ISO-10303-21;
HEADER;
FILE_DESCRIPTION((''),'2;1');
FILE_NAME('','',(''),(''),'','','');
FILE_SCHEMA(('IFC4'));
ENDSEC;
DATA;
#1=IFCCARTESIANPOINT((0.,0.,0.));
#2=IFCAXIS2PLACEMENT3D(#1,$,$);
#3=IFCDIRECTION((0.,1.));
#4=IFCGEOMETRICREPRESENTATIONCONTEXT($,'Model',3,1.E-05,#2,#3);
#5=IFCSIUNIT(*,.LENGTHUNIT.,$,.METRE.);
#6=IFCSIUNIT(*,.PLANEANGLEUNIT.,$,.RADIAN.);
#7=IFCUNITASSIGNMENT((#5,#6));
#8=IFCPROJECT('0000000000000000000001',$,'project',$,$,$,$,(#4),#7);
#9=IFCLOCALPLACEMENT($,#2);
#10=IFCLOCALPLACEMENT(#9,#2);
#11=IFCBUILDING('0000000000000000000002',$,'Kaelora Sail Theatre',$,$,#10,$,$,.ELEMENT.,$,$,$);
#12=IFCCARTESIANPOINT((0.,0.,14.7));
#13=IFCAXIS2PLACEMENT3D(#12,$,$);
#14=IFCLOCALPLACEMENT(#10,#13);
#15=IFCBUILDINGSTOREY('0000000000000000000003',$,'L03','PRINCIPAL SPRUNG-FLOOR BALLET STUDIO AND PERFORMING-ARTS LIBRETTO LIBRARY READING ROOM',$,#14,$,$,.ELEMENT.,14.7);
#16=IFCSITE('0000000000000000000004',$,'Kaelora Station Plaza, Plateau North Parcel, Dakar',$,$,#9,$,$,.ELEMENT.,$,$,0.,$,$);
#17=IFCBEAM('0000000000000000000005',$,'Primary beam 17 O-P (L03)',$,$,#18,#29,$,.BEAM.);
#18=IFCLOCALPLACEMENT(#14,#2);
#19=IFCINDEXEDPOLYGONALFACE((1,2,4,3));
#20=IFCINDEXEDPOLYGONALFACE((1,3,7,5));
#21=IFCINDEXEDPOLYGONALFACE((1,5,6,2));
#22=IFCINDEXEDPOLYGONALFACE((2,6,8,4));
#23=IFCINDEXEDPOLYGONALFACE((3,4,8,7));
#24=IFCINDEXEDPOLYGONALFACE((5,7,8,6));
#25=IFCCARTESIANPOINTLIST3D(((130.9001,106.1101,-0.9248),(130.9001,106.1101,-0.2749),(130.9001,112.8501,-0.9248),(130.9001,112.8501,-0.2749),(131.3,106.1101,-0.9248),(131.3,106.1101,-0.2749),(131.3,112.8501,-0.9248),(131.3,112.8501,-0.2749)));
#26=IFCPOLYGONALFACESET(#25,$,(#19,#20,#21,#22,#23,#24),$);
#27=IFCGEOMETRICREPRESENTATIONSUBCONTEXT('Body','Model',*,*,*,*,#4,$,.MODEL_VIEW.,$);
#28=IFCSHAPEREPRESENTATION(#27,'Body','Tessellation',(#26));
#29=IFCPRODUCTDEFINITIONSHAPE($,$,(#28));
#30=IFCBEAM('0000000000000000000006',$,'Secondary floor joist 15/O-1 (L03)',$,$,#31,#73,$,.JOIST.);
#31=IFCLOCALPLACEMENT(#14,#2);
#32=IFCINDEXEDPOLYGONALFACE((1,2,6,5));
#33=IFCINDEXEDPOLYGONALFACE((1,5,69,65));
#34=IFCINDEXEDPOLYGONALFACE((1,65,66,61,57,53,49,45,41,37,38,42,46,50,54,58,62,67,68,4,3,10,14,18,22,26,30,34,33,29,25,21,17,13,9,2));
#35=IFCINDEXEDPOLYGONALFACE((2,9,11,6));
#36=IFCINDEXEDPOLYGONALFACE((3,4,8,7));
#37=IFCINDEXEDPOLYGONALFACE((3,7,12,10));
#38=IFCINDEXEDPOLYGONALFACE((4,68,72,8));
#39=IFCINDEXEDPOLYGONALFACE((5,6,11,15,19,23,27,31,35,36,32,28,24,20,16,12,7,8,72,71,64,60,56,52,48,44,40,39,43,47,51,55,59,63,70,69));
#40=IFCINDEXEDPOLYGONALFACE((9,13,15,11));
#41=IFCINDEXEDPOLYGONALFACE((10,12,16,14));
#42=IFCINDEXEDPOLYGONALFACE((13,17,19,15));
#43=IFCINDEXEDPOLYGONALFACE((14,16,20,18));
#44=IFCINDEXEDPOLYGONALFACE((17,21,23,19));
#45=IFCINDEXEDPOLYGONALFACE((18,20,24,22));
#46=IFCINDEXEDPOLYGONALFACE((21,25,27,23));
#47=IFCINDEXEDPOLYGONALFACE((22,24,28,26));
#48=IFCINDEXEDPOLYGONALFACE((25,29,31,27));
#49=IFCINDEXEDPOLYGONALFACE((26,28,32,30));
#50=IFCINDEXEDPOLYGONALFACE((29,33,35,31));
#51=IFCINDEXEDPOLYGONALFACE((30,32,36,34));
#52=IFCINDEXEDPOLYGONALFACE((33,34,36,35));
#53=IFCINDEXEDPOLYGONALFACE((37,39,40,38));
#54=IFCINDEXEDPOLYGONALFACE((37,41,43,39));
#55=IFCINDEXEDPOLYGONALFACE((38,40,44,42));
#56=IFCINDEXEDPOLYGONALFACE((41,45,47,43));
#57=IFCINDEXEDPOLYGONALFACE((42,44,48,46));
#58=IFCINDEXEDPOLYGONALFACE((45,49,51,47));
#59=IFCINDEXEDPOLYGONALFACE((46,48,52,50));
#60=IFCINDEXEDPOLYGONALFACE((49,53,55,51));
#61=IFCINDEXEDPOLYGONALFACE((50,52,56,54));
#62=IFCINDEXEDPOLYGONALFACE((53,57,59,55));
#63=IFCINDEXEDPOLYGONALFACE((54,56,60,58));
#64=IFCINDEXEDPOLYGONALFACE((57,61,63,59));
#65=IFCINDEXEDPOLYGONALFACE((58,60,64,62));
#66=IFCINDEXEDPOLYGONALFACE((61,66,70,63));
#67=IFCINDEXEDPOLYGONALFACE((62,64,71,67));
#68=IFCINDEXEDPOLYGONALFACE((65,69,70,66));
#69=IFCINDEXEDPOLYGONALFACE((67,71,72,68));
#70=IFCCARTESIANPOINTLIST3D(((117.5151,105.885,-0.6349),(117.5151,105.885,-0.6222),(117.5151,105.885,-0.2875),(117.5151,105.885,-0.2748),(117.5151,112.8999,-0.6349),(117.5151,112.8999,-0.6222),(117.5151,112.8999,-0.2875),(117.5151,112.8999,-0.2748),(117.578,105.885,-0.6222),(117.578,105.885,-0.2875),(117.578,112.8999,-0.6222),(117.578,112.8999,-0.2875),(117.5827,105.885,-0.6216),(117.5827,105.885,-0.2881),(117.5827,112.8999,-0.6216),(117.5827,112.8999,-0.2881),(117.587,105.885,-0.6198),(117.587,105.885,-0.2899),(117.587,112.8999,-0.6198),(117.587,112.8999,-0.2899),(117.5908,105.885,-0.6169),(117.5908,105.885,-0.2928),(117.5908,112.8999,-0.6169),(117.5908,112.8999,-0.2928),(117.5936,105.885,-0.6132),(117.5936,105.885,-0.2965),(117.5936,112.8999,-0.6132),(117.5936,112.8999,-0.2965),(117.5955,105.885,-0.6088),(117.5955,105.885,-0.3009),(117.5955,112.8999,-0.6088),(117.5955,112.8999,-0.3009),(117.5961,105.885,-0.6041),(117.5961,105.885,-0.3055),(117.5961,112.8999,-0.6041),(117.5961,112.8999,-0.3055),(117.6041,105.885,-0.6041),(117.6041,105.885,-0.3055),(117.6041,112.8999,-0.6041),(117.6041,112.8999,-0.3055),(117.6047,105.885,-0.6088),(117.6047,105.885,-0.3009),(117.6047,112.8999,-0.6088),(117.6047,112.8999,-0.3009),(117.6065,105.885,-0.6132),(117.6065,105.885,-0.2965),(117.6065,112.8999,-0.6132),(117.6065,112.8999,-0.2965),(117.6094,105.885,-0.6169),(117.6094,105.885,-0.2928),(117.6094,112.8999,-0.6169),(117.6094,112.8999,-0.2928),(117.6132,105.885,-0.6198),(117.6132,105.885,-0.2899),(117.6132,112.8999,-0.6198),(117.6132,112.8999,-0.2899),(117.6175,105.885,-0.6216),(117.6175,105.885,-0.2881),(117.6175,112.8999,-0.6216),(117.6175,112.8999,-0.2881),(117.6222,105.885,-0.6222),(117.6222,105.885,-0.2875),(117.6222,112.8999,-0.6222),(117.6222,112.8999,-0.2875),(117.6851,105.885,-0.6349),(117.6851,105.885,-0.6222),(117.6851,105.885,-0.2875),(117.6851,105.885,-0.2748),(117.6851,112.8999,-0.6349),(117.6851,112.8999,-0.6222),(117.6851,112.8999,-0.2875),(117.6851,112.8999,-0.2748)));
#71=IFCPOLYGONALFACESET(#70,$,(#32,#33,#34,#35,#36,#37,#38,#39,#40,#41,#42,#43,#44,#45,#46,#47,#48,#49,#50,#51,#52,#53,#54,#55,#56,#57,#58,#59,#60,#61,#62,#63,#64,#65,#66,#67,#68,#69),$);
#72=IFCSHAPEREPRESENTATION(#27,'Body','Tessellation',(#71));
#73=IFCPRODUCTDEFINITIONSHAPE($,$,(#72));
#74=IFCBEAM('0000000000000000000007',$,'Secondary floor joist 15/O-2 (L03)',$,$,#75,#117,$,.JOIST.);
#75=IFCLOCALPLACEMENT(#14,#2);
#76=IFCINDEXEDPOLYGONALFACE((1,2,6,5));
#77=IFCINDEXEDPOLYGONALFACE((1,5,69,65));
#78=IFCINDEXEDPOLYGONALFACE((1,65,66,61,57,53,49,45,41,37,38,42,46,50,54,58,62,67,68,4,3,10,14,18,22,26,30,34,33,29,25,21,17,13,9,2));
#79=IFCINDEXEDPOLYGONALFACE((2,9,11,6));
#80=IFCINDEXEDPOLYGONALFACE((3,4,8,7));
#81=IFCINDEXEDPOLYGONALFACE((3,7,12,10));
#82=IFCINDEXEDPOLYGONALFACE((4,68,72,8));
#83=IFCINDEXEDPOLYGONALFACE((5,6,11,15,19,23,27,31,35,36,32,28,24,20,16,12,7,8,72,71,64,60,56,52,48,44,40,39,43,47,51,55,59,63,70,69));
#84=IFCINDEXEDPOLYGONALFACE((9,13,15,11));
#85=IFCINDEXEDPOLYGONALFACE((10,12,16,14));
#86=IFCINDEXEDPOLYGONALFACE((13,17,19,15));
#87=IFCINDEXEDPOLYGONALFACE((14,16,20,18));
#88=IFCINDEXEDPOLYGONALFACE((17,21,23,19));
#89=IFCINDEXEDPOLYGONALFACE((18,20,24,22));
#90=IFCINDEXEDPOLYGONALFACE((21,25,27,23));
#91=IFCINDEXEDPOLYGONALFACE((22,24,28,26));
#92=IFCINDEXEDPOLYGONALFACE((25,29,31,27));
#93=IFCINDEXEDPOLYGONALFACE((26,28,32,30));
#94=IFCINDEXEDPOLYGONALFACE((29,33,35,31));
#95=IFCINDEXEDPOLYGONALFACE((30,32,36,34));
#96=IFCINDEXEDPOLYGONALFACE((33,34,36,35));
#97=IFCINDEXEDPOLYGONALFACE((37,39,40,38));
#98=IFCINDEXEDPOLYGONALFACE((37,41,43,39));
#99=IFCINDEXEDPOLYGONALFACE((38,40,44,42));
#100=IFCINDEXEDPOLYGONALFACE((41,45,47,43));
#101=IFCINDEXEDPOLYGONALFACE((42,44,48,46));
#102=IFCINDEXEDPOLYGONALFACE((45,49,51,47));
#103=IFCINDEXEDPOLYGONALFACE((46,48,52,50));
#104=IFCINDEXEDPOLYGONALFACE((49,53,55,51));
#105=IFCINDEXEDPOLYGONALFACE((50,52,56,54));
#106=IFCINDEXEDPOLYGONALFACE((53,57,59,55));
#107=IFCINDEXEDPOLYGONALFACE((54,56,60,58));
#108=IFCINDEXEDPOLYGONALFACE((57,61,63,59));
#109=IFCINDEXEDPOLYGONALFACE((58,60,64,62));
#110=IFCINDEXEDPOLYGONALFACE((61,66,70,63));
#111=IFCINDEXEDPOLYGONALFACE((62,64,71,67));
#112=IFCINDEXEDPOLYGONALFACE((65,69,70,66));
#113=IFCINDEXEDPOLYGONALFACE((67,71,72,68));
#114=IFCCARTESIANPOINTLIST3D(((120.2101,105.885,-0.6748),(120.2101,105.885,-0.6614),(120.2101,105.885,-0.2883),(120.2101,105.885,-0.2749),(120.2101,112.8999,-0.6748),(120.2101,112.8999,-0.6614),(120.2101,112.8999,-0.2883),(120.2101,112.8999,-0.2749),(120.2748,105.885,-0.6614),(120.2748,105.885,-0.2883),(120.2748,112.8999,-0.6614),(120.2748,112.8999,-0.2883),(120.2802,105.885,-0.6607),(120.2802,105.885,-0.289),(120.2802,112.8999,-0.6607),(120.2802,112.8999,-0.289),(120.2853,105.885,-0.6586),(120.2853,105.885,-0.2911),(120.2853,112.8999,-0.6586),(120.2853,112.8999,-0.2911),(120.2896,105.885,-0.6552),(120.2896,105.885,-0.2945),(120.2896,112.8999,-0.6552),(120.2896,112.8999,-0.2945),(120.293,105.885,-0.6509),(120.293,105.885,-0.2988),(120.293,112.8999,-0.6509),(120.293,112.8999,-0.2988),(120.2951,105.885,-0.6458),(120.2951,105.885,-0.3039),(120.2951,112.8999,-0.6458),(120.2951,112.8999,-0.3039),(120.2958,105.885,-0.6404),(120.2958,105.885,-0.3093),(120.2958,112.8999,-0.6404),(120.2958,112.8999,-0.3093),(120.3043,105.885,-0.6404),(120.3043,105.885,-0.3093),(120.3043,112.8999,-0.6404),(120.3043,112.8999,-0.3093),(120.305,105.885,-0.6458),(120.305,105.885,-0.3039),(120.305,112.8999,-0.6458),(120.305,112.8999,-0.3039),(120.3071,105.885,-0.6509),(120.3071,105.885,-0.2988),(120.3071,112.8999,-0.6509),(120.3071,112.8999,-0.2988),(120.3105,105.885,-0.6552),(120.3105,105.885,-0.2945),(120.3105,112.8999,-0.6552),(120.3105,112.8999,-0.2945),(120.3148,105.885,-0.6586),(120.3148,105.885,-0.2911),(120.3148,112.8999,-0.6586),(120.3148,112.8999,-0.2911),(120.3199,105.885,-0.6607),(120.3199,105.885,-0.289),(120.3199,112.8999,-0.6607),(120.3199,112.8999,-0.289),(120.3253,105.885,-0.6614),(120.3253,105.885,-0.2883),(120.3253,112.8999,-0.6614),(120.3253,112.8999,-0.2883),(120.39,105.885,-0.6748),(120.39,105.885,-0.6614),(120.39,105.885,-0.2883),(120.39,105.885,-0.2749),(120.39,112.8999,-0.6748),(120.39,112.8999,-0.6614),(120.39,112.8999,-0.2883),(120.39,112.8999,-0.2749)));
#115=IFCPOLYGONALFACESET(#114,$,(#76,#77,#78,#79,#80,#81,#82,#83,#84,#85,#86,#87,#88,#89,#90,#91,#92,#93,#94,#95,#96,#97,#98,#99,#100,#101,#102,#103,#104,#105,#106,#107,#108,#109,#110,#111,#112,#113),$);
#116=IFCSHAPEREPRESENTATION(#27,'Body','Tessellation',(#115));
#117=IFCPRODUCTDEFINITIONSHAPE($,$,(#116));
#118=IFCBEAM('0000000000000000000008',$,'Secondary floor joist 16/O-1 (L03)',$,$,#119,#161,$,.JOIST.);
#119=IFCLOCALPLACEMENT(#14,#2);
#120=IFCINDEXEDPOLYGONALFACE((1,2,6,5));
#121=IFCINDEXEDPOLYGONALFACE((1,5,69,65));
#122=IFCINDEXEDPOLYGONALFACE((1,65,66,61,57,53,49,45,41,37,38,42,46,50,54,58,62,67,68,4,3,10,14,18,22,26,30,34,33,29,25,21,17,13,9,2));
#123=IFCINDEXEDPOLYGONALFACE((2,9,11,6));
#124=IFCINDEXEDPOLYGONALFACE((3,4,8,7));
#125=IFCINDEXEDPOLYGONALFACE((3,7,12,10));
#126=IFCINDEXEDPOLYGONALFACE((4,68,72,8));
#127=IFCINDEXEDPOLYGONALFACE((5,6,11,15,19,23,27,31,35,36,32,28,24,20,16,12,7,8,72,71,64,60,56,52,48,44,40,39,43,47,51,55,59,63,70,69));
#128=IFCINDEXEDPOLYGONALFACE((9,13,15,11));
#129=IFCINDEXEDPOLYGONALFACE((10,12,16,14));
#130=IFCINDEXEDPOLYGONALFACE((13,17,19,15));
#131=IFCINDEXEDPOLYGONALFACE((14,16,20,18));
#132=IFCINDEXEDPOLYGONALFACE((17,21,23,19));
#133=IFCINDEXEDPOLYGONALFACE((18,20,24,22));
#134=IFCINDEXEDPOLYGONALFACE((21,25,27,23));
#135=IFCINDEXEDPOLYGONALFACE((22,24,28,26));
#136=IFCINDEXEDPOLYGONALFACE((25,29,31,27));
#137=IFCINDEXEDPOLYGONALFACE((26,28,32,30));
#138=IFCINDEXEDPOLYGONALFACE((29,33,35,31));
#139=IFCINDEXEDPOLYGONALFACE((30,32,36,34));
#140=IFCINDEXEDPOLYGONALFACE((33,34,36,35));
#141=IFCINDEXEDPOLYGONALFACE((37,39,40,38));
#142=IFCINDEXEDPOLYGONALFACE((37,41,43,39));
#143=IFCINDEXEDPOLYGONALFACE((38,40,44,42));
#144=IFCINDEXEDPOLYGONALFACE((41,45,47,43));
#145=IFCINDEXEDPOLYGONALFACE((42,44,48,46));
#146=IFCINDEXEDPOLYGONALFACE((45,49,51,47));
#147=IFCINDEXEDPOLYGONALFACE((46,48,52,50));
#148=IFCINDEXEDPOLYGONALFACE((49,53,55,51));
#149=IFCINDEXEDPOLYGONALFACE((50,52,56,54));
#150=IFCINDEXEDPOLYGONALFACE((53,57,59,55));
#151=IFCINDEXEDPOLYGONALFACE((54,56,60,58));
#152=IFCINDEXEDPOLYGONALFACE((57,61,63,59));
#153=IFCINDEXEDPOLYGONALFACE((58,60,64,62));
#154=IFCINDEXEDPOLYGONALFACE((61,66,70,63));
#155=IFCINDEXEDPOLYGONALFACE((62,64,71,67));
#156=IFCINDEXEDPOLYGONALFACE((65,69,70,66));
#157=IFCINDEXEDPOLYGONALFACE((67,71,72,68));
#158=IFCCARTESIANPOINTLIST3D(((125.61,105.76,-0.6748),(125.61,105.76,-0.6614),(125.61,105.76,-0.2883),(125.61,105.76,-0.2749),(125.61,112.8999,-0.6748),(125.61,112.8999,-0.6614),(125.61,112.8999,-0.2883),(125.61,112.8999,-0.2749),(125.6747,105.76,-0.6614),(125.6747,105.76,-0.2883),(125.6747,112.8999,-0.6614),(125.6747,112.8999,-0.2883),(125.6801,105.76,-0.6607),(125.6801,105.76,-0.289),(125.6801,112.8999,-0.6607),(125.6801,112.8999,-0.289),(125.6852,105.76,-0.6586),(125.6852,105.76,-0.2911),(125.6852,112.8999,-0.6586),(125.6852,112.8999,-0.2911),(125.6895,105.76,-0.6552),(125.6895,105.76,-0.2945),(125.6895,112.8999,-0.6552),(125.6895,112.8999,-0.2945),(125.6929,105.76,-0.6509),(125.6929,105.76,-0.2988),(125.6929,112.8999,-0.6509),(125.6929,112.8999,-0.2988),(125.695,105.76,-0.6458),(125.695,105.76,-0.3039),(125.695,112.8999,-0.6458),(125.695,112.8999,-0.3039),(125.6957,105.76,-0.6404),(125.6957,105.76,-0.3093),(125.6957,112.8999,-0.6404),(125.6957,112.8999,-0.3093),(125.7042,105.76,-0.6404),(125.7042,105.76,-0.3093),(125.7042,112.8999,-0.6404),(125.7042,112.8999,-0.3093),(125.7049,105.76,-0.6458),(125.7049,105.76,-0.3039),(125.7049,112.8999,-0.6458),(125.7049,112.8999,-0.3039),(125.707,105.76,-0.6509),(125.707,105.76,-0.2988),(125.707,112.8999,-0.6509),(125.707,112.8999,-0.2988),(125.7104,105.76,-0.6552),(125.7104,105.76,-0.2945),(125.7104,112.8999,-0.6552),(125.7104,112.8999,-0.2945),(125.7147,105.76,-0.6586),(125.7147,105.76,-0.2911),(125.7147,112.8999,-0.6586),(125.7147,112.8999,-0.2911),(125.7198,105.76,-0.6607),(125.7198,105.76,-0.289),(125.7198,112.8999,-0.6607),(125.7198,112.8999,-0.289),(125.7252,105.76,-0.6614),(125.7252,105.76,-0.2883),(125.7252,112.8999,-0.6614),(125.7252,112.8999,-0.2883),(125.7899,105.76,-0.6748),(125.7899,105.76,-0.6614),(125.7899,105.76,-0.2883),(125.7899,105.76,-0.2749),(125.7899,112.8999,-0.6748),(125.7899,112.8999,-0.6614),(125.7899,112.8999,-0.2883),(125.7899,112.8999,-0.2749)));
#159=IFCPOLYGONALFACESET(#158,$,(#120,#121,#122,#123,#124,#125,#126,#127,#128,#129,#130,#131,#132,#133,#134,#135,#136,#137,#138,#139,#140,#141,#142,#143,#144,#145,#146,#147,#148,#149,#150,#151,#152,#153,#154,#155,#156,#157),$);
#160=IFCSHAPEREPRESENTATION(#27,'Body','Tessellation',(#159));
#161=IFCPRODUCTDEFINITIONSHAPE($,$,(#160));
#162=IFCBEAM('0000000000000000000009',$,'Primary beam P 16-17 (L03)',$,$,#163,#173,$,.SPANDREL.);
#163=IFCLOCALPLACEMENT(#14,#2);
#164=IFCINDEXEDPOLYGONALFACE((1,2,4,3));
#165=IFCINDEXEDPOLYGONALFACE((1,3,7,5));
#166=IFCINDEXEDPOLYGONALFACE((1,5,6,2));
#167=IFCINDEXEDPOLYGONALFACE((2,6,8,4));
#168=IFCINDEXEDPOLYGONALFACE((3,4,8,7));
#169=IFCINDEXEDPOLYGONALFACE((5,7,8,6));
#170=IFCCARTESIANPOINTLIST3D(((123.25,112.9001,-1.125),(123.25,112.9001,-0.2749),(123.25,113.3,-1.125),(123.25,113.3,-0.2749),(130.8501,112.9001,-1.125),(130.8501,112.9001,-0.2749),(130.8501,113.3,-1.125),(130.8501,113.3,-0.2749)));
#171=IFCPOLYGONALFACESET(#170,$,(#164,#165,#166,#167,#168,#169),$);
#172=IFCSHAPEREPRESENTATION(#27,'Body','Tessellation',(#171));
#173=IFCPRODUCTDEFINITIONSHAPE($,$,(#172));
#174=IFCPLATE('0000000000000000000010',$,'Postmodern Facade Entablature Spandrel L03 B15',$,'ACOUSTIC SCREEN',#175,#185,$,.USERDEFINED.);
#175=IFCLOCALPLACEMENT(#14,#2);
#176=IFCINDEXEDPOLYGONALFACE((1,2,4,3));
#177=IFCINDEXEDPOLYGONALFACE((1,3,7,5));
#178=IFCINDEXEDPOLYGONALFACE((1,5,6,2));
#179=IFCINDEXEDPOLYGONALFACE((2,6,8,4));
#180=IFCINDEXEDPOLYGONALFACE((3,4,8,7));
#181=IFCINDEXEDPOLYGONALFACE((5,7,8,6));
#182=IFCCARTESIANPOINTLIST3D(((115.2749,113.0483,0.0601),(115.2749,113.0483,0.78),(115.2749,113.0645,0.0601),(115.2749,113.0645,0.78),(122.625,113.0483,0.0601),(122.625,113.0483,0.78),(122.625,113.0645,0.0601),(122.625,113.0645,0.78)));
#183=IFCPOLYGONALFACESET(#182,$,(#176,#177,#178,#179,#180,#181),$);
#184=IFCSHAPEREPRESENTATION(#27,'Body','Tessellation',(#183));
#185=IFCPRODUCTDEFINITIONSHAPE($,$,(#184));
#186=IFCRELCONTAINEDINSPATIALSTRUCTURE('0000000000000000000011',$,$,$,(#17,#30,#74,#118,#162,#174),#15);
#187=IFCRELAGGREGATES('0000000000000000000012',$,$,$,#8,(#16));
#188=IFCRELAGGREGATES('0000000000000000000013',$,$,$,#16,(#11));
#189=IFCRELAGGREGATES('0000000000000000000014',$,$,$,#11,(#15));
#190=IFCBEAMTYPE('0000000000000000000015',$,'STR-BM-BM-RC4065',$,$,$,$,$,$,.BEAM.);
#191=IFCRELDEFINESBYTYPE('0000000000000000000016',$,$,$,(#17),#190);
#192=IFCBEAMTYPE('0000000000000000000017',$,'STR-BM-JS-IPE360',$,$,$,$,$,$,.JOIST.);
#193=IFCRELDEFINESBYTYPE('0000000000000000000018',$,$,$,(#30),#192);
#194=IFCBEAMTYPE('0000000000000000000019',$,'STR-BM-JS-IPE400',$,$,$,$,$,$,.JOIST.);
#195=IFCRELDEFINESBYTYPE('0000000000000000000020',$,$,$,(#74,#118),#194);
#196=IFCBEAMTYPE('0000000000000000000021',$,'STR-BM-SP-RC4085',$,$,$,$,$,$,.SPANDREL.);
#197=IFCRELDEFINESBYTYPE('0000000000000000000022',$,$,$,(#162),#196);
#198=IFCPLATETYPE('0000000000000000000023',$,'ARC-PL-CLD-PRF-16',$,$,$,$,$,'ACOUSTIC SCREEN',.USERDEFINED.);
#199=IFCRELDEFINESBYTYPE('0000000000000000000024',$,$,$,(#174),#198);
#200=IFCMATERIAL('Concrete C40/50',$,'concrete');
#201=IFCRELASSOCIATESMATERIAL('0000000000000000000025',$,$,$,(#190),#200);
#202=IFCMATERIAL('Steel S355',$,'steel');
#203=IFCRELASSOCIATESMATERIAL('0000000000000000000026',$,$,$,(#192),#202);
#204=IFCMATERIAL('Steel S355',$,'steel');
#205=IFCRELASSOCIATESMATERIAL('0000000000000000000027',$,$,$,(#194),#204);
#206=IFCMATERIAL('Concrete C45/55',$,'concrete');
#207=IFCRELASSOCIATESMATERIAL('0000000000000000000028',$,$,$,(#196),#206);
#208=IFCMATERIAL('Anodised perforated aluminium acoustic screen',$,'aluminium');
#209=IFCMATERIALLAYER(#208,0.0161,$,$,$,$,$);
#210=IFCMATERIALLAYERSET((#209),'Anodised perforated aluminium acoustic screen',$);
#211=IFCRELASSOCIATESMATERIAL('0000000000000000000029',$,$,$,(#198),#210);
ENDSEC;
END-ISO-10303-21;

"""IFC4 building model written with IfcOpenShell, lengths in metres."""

from ifc_helpers import new_model, si_unit, direction, frame, origin, origin_2d, place, context, subcontext, project, spatial, rectangle, i_section, extrude, material, layer, layer_set, material_profile, profile_set, type_object, element, save


model = new_model("IFC4")

# Units and contexts
model_context = context("Model", 3, precision=1e-05, world=origin(), true_north=direction((0.0, 1.0)))
body_context = subcontext(model_context, "Body", "Model", "MODEL_VIEW")
ifc_project = project(units=[si_unit("LENGTHUNIT", "METRE"), si_unit("PLANEANGLEUNIT", "RADIAN")], contexts=[model_context])

# Site, building, storey
site_placement = place(None, origin())
site = spatial("IfcSite", under=ifc_project, at=site_placement, Name="Kaelora Station Plaza, Plateau North Parcel, Dakar", CompositionType="ELEMENT", RefElevation=0.0)
building_placement = place(site_placement, origin())
building = spatial("IfcBuilding", under=site, at=building_placement, Name="Kaelora Sail Theatre", CompositionType="ELEMENT")
storey_placement = place(building_placement, frame((0.0, 0.0, 14.7)))
storey = spatial("IfcBuildingStorey", under=building, at=storey_placement, Name="L03", Description="PRINCIPAL SPRUNG-FLOOR BALLET STUDIO AND PERFORMING-ARTS LIBRETTO LIBRARY READING ROOM", CompositionType="ELEMENT", Elevation=14.7)

# Beams
ifc_material_1 = material(Name="Concrete C40/50", Category="concrete")
ifc_material_profile_1 = material_profile(ifc_material_1, rectangle(XDim=0.3999, YDim=0.6499, at=origin_2d()), Name="RC-BM 400x650")
ifc_profile_set_1 = profile_set([ifc_material_profile_1], Name="Concrete C40/50")
beam_type_1 = type_object("IfcBeamType", Name="STR-BM-BM-RC4065", PredefinedType="BEAM", material=ifc_profile_set_1)
beam_1_placement = place(storey_placement, frame((131.1001, 106.1101, -0.5999), z_axis=(0.0, 1.0, 0.0), x_axis=(-1.0, 0.0, 0.0)))
element("IfcBeam", 1, at=beam_1_placement, inside=storey, type_object=beam_type_1, Name="Primary beam 17 O-P (L03)", PredefinedType="BEAM", context=body_context, shape_type="SweptSolid", body=[
    extrude(rectangle(XDim=0.3999, YDim=0.6499, at=origin_2d()), origin(), (0.0, 0.0, 1.0), 6.74),
])
ifc_material_2 = material(Name="Steel S355", Category="steel")
ifc_material_profile_2 = material_profile(ifc_material_2, i_section(OverallWidth=0.1699, OverallDepth=0.3601, WebThickness=0.0081, FlangeThickness=0.0127, FilletRadius=0.0181, at=origin_2d()), Name="IPE 360")
ifc_profile_set_2 = profile_set([ifc_material_profile_2], Name="Steel S355")
beam_type_2 = type_object("IfcBeamType", Name="STR-BM-JS-IPE360", PredefinedType="JOIST", material=ifc_profile_set_2)
beam_2_placement = place(storey_placement, frame((117.6001, 105.885, -0.4548), z_axis=(0.0, 1.0, 0.0), x_axis=(-1.0, 0.0, 0.0)))
element("IfcBeam", 2, at=beam_2_placement, inside=storey, type_object=beam_type_2, Name="Secondary floor joist 15/O-1 (L03)", PredefinedType="JOIST", context=body_context, shape_type="SweptSolid", body=[
    extrude(i_section(OverallWidth=0.1699, OverallDepth=0.3601, WebThickness=0.0081, FlangeThickness=0.0127, FilletRadius=0.0181, at=origin_2d()), origin(), (0.0, 0.0, 1.0), 7.0149),
])
ifc_material_3 = material(Name="Steel S355", Category="steel")
ifc_material_profile_3 = material_profile(ifc_material_3, i_section(OverallWidth=0.1799, OverallDepth=0.3999, WebThickness=0.0085, FlangeThickness=0.0134, FilletRadius=0.021, at=origin_2d()), Name="IPE 400")
ifc_profile_set_3 = profile_set([ifc_material_profile_3], Name="Steel S355")
beam_type_3 = type_object("IfcBeamType", Name="STR-BM-JS-IPE400", PredefinedType="JOIST", material=ifc_profile_set_3)
beam_3_placement = place(storey_placement, frame((120.3, 105.885, -0.4749), z_axis=(0.0, 1.0, 0.0), x_axis=(-1.0, 0.0, 0.0)))
element("IfcBeam", 3, at=beam_3_placement, inside=storey, type_object=beam_type_3, Name="Secondary floor joist 15/O-2 (L03)", PredefinedType="JOIST", context=body_context, shape_type="SweptSolid", body=[
    extrude(i_section(OverallWidth=0.1799, OverallDepth=0.3999, WebThickness=0.0085, FlangeThickness=0.0134, FilletRadius=0.021, at=origin_2d()), origin(), (0.0, 0.0, 1.0), 7.0149),
])
beam_4_placement = place(storey_placement, frame((125.7, 105.76, -0.4749), z_axis=(0.0, 1.0, 0.0), x_axis=(-1.0, 0.0, 0.0)))
element("IfcBeam", 4, at=beam_4_placement, inside=storey, type_object=beam_type_3, Name="Secondary floor joist 16/O-1 (L03)", PredefinedType="JOIST", context=body_context, shape_type="SweptSolid", body=[
    extrude(i_section(OverallWidth=0.1799, OverallDepth=0.3999, WebThickness=0.0085, FlangeThickness=0.0134, FilletRadius=0.021, at=origin_2d()), origin(), (0.0, 0.0, 1.0), 7.1399),
])
ifc_material_4 = material(Name="Concrete C45/55", Category="concrete")
ifc_material_profile_4 = material_profile(ifc_material_4, rectangle(XDim=0.3999, YDim=0.8501, at=origin_2d()), Name="RC-SPN 400x850")
ifc_profile_set_4 = profile_set([ifc_material_profile_4], Name="Concrete C45/55")
beam_type_4 = type_object("IfcBeamType", Name="STR-BM-SP-RC4085", PredefinedType="SPANDREL", material=ifc_profile_set_4)
beam_5_placement = place(storey_placement, frame((123.25, 113.1001, -0.7), z_axis=(1.0, 0.0, 0.0), x_axis=(0.0, 1.0, 0.0)))
element("IfcBeam", 5, at=beam_5_placement, inside=storey, type_object=beam_type_4, Name="Primary beam P 16-17 (L03)", PredefinedType="SPANDREL", context=body_context, shape_type="SweptSolid", body=[
    extrude(rectangle(XDim=0.3999, YDim=0.8501, at=origin_2d()), origin(), (0.0, 0.0, 1.0), 7.6001),
])

# Plate
ifc_material_5 = material(Name="Anodised perforated aluminium acoustic screen", Category="aluminium")
ifc_layer_1 = layer(ifc_material_5, 0.0161)
ifc_layer_set_1 = layer_set([ifc_layer_1], Name="Anodised perforated aluminium acoustic screen")
plate_type_1 = type_object("IfcPlateType", Name="ARC-PL-CLD-PRF-16", ElementType="ACOUSTIC SCREEN", PredefinedType="USERDEFINED", material=ifc_layer_set_1)
plate_1_placement = place(storey_placement, frame((118.95, 113.0564, 0.0601), z_axis=(0.0, 0.0, 1.0), x_axis=(1.0, 0.0, 0.0)))
element("IfcPlate", 6, at=plate_1_placement, inside=storey, type_object=plate_type_1, Name="Postmodern Facade Entablature Spandrel L03 B15", ObjectType="ACOUSTIC SCREEN", PredefinedType="USERDEFINED", context=body_context, shape_type="SweptSolid", body=[
    extrude(rectangle(XDim=7.3501, YDim=0.0161, at=origin_2d()), origin(), (0.0, 0.0, 1.0), 0.72),
])

save(model, "model.ifc")
